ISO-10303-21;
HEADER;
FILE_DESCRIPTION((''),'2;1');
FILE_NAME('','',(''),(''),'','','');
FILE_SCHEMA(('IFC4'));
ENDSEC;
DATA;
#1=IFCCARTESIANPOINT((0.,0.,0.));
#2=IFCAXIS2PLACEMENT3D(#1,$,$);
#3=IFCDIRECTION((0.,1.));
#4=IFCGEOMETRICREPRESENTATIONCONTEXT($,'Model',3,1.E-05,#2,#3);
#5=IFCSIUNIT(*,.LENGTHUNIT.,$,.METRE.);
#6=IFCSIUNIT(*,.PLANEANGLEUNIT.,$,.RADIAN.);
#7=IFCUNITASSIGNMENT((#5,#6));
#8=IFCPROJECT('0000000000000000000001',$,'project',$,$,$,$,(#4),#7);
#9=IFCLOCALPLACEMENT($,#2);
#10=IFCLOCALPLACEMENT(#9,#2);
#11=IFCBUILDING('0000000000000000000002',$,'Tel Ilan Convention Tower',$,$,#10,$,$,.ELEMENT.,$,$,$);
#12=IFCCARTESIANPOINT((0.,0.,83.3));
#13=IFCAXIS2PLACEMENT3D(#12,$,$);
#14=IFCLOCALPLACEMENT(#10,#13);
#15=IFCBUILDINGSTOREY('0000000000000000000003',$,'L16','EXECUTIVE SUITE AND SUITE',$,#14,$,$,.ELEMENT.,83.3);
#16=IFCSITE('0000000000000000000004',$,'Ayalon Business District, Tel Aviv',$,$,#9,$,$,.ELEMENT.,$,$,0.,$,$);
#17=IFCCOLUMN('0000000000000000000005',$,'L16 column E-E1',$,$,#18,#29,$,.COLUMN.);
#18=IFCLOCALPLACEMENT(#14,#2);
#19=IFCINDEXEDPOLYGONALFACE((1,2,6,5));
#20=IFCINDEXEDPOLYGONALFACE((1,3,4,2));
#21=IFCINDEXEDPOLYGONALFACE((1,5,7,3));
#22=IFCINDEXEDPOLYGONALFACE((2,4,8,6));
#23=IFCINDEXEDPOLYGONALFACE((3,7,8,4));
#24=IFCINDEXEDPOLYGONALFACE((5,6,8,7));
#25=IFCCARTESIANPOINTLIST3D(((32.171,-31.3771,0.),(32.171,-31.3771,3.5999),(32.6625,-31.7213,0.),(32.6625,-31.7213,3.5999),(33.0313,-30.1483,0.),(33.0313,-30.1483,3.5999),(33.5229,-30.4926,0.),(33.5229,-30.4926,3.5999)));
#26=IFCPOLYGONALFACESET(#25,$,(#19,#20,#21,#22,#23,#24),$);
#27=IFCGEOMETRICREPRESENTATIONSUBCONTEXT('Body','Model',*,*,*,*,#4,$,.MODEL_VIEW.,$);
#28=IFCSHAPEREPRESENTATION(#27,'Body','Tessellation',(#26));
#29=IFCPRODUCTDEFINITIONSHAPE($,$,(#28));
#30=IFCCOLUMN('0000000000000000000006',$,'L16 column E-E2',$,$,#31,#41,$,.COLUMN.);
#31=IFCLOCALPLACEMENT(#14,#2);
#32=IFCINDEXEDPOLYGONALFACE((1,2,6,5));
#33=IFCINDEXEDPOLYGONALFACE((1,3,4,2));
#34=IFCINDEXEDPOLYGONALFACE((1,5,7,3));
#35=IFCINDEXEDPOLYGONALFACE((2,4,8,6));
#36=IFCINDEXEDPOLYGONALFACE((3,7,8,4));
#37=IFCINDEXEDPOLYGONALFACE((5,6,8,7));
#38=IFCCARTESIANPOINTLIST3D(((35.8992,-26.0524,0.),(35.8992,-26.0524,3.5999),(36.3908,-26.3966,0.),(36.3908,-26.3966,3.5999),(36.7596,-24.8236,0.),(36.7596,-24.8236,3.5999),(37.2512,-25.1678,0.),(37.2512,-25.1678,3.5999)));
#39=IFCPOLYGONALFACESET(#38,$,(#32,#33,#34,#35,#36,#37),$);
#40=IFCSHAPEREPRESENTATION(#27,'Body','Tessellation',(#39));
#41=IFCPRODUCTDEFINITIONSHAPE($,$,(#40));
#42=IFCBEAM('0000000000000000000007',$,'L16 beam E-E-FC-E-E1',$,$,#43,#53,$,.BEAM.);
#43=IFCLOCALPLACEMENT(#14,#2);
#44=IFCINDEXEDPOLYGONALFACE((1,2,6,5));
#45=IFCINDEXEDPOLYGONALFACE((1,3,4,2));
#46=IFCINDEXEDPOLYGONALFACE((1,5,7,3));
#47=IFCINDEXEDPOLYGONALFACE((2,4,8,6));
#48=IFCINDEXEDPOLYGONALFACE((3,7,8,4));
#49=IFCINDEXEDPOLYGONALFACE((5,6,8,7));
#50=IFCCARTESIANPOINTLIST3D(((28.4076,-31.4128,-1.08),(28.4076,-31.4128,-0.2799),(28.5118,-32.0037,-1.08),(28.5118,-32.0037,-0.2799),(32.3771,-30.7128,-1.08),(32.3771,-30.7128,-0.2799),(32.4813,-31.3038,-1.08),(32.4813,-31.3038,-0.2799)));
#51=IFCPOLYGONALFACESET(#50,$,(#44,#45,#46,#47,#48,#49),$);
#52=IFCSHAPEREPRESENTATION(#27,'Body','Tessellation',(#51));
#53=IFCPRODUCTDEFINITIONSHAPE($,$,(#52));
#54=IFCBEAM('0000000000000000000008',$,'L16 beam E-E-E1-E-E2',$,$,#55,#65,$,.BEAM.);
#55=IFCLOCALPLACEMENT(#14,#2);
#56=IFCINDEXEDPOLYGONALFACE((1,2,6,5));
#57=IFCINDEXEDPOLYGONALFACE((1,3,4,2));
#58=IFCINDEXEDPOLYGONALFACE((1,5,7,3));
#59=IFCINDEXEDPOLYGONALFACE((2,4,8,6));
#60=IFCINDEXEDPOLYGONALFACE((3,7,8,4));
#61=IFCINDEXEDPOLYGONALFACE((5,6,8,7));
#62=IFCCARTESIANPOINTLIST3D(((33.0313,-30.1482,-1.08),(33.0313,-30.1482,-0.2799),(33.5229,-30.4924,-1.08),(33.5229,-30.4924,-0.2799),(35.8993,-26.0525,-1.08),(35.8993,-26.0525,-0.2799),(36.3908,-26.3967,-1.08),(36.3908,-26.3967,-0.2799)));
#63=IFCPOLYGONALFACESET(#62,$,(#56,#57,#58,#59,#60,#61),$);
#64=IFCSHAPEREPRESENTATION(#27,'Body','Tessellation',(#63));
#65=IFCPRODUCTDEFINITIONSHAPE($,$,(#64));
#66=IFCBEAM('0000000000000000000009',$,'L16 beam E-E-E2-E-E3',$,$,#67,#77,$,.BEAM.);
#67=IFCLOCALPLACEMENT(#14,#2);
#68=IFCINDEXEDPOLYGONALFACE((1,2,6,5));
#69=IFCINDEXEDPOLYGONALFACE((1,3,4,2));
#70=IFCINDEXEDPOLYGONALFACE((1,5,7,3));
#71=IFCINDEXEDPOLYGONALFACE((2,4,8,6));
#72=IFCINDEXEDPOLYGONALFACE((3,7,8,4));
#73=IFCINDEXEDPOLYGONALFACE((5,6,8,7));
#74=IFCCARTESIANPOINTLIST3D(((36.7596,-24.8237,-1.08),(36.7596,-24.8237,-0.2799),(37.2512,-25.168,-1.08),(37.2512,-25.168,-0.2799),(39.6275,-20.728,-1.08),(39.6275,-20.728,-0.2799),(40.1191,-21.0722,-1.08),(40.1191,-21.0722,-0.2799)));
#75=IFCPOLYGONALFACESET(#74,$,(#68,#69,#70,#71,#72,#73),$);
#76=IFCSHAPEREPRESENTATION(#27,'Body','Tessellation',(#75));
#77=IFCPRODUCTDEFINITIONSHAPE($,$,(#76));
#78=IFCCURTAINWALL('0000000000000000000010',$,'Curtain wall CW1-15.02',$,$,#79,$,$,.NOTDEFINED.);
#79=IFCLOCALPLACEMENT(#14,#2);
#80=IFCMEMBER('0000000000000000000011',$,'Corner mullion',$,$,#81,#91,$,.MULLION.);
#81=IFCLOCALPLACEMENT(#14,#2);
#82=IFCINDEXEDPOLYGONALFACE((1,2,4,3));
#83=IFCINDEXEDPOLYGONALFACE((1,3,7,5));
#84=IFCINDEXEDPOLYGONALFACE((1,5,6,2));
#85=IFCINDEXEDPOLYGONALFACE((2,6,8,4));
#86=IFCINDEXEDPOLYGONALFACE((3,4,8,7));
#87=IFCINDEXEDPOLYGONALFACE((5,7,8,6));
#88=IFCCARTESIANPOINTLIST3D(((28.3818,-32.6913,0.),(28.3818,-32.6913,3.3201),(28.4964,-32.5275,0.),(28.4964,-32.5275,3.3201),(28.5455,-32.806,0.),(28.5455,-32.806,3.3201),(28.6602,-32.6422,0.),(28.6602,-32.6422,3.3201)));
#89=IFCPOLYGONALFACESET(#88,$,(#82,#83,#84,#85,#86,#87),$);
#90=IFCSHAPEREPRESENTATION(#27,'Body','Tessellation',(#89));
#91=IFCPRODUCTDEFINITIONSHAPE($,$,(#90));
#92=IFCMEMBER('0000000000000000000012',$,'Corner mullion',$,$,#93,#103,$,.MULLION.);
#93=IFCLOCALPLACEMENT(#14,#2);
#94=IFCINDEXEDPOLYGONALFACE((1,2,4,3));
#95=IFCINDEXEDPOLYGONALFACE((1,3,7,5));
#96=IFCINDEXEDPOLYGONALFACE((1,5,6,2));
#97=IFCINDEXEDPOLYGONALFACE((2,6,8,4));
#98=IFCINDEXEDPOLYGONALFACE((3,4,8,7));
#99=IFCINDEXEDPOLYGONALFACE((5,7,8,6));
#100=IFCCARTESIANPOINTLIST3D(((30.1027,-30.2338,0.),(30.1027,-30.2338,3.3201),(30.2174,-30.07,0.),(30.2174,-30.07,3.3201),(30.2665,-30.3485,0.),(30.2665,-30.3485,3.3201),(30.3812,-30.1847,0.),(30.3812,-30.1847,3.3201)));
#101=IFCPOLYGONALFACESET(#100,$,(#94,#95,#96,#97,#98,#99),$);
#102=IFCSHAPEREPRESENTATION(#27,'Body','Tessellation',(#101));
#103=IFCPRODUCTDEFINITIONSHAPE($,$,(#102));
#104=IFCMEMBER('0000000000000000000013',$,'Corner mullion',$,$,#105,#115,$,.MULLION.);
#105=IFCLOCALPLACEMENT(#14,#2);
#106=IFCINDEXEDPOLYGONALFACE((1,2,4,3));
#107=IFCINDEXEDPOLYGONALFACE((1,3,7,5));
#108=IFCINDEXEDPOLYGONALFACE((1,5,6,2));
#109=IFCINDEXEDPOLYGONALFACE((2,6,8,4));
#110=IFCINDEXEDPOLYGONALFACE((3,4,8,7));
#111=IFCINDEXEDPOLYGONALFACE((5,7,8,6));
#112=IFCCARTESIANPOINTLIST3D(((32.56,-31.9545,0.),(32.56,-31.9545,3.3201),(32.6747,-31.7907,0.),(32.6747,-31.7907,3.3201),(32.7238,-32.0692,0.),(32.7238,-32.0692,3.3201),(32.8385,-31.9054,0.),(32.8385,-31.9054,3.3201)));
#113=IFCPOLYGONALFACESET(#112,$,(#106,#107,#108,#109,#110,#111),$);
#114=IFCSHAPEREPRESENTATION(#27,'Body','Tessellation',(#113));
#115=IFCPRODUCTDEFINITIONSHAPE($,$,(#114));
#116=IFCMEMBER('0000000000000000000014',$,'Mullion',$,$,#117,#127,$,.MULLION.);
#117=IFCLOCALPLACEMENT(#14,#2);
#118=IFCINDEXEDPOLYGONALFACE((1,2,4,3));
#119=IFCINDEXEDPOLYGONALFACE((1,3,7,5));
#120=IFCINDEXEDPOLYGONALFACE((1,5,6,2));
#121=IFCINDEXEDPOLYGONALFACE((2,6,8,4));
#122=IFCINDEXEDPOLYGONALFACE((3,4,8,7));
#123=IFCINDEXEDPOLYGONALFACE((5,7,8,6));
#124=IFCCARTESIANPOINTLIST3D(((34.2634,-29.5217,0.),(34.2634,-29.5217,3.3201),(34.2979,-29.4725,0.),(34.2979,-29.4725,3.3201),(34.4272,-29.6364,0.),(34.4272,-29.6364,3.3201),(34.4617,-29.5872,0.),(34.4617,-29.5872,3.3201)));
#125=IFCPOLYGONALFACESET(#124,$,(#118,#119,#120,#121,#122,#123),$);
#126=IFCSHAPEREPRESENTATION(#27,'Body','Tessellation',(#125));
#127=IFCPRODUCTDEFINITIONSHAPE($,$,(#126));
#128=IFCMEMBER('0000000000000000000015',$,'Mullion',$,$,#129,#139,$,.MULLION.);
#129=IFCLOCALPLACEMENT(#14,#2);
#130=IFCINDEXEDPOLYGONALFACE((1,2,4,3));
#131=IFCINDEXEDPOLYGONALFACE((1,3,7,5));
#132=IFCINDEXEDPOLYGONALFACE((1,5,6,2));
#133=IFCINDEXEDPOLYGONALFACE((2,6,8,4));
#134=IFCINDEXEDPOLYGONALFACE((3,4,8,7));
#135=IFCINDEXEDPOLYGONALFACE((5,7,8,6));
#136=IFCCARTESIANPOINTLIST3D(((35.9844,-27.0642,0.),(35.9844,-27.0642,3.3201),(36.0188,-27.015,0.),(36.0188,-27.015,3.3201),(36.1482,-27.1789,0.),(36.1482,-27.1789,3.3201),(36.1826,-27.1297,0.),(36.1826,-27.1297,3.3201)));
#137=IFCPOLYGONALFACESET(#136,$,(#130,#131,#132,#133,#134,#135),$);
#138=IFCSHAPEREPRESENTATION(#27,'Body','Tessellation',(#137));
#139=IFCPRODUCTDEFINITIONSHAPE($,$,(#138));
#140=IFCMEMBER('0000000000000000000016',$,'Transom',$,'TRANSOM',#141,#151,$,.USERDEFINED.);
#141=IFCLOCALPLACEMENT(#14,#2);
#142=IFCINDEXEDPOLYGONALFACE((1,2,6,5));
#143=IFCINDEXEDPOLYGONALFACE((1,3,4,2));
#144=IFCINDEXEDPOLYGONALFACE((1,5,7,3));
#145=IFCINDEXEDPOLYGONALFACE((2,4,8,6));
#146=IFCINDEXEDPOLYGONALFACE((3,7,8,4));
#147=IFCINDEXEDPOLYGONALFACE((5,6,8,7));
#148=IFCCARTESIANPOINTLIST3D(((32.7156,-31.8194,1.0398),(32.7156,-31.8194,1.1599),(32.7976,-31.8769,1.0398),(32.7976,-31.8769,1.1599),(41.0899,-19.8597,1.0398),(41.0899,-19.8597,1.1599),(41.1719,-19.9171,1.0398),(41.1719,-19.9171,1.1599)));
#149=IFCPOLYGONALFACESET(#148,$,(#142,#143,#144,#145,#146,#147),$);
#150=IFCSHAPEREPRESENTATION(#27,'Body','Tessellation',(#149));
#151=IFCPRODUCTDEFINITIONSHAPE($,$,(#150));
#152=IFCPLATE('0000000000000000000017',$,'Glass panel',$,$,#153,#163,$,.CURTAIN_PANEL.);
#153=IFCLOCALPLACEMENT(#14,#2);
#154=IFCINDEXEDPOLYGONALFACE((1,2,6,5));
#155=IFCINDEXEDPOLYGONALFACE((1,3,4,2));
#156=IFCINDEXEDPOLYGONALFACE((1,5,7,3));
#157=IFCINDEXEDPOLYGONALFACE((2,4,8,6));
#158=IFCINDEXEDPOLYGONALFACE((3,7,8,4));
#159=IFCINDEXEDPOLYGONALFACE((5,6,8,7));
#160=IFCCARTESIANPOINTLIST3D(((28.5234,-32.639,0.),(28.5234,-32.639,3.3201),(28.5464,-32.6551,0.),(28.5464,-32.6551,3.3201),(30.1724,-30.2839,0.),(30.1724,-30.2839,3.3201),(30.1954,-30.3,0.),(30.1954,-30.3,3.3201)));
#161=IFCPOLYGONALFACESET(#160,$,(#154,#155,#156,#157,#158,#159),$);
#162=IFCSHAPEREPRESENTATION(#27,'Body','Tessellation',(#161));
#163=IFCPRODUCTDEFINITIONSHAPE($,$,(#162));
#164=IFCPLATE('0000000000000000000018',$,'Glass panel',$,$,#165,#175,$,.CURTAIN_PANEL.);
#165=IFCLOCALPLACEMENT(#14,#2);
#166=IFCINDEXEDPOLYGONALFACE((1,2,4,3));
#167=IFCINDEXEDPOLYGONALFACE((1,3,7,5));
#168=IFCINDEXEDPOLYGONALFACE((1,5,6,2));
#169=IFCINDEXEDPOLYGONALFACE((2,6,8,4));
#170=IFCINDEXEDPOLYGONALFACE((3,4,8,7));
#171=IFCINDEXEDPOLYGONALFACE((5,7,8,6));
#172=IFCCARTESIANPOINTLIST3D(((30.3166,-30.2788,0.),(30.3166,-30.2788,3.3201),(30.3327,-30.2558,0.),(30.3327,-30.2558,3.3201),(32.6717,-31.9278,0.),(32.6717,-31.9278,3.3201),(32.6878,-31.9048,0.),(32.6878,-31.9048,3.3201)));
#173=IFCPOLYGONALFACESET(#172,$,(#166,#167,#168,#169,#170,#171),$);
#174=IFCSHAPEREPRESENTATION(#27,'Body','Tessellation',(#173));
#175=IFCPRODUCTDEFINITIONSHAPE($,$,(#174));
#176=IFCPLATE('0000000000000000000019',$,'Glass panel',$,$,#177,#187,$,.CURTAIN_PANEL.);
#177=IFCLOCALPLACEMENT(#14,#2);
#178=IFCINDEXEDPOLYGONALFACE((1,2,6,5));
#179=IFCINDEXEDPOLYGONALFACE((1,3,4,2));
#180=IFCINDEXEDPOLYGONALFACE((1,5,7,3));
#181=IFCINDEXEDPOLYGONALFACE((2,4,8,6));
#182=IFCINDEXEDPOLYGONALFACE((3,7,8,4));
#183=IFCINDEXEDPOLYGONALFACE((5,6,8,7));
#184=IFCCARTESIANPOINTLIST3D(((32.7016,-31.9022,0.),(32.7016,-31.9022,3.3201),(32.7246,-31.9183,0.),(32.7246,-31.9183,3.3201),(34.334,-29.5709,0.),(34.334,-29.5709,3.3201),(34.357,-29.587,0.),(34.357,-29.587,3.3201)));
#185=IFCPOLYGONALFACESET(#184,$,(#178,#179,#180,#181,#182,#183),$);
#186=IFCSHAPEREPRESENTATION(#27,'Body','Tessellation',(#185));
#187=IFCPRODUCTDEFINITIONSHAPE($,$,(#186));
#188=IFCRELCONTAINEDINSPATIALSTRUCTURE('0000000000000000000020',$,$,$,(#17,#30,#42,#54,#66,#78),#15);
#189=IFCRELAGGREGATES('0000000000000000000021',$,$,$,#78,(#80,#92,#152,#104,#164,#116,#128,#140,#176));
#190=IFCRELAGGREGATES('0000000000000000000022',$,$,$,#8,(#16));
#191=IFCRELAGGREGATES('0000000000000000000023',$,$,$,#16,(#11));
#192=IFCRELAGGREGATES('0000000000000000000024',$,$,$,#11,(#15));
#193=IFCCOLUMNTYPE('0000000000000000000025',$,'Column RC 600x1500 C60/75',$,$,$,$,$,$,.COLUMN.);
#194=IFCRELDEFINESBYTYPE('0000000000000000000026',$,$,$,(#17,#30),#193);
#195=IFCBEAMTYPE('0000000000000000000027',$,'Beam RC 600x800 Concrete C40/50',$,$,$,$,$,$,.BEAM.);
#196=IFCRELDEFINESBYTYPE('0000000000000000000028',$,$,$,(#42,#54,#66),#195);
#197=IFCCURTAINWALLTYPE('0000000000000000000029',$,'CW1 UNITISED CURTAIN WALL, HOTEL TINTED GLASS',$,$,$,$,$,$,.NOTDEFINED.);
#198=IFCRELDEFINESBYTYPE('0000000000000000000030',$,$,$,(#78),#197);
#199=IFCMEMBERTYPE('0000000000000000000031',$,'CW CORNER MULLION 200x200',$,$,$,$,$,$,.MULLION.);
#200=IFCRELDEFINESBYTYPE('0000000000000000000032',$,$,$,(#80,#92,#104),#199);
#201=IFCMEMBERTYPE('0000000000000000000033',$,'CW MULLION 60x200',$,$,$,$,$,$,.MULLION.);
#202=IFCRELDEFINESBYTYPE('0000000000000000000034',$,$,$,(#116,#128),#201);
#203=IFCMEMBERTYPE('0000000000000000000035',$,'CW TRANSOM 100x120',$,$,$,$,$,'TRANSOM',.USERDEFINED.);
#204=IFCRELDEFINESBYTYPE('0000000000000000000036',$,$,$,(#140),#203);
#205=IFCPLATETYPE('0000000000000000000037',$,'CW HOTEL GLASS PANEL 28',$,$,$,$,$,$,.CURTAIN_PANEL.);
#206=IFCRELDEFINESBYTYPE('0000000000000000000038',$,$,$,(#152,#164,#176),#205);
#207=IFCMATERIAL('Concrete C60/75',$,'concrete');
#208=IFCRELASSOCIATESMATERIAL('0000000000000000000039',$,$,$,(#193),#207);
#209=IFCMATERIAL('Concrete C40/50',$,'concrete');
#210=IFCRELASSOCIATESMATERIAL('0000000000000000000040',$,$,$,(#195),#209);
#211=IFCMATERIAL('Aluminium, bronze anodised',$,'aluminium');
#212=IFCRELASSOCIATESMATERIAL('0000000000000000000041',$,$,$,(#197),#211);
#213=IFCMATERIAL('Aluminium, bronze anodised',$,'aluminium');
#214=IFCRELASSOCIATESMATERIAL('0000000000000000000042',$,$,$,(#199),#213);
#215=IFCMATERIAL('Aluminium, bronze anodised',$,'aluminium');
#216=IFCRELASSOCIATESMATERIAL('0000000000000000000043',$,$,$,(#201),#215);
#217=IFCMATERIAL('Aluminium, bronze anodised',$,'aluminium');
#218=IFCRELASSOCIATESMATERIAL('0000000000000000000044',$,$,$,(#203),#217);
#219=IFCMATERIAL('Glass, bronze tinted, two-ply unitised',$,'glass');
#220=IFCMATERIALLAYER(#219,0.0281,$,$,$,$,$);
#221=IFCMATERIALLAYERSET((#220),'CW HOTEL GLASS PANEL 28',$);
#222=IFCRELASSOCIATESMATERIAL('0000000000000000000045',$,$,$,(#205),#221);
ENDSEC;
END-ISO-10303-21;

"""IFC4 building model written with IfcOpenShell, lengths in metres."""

from ifc_helpers import new_model, si_unit, direction, frame, origin, origin_2d, place, context, subcontext, project, spatial, rectangle, extrude, material, layer, layer_set, material_profile, profile_set, type_object, element, aggregate, save


model = new_model("IFC4")

# Units and contexts
model_context = context("Model", 3, precision=1e-05, world=origin(), true_north=direction((0.0, 1.0)))
body_context = subcontext(model_context, "Body", "Model", "MODEL_VIEW")
ifc_project = project(units=[si_unit("LENGTHUNIT", "METRE"), si_unit("PLANEANGLEUNIT", "RADIAN")], contexts=[model_context])

# Site, building, storey
site_placement = place(None, origin())
site = spatial("IfcSite", under=ifc_project, at=site_placement, Name="Ayalon Business District, Tel Aviv", CompositionType="ELEMENT", RefElevation=0.0)
building_placement = place(site_placement, origin())
building = spatial("IfcBuilding", under=site, at=building_placement, Name="Tel Ilan Convention Tower", CompositionType="ELEMENT")
storey_placement = place(building_placement, frame((0.0, 0.0, 83.3)))
storey = spatial("IfcBuildingStorey", under=building, at=storey_placement, Name="L16", Description="EXECUTIVE SUITE AND SUITE", CompositionType="ELEMENT", Elevation=83.3)

# Columns
ifc_material_1 = material(Name="Concrete C60/75", Category="concrete")
ifc_material_profile_1 = material_profile(ifc_material_1, rectangle(XDim=1.5, YDim=0.6001, at=origin_2d()), Name="RC 600x1500")
ifc_profile_set_1 = profile_set([ifc_material_profile_1], Name="Concrete C60/75")
column_type = type_object("IfcColumnType", Name="Column RC 600x1500 C60/75", PredefinedType="COLUMN", material=ifc_profile_set_1)
for number, where, z_axis, x_axis, name in (
    (1, (32.8469, -30.9348, 0.0), (0.0, 0.0, 1.0), (0.573576, 0.819152, 0.0), "L16 column E-E1"),
    (2, (36.5752, -25.6101, 0.0), (0.0, 0.0, 1.0), (0.573576, 0.819152, 0.0), "L16 column E-E2"),
):
    element("IfcColumn", number, at=place(storey_placement, frame(where, z_axis=z_axis, x_axis=x_axis)), inside=storey, type_object=column_type, Name=name, PredefinedType="COLUMN", context=body_context, shape_type="SweptSolid", body=[
        extrude(rectangle(XDim=1.5, YDim=0.6001, at=origin_2d()), origin(), (0.0, 0.0, 1.0), 3.5999),
    ])

# Beams
ifc_material_2 = material(Name="Concrete C40/50", Category="concrete")
ifc_material_profile_2 = material_profile(ifc_material_2, rectangle(XDim=0.6001, YDim=0.8, at=origin_2d()), Name="RC 600x800")
ifc_profile_set_2 = profile_set([ifc_material_profile_2], Name="Concrete C40/50")
beam_type = type_object("IfcBeamType", Name="Beam RC 600x800 Concrete C40/50", PredefinedType="BEAM", material=ifc_profile_set_2)
beam_placement = place(storey_placement, frame((28.4597, -31.7083, -0.6799), z_axis=(0.984807, 0.173654, 0.0), x_axis=(-0.173654, 0.984807, 0.0)))
element("IfcBeam", 3, at=beam_placement, inside=storey, type_object=beam_type, Name="L16 beam E-E-FC-E-E1", PredefinedType="BEAM", context=body_context, shape_type="SweptSolid", body=[
    extrude(rectangle(XDim=0.6001, YDim=0.8, at=origin_2d()), origin(), (0.0, 0.0, 1.0), 4.0308),
])
for number, where, z_axis, x_axis, name in (
    (4, (33.2771, -30.3203, -0.6799), (0.573587, 0.819145, 0.0), (-0.819145, 0.573587, 0.0), "L16 beam E-E-E1-E-E2"),
    (5, (37.0054, -24.9958, -0.6799), (0.573587, 0.819145, 0.0), (-0.819145, 0.573587, 0.0), "L16 beam E-E-E2-E-E3"),
):
    element("IfcBeam", number, at=place(storey_placement, frame(where, z_axis=z_axis, x_axis=x_axis)), inside=storey, type_object=beam_type, Name=name, PredefinedType="BEAM", context=body_context, shape_type="SweptSolid", body=[
        extrude(rectangle(XDim=0.6001, YDim=0.8, at=origin_2d()), origin(), (0.0, 0.0, 1.0), 5.0),
    ])

# Curtain wall, members, plates
ifc_material_3 = material(Name="Aluminium, bronze anodised", Category="aluminium")
curtain_wall_type = type_object("IfcCurtainWallType", Name="CW1 UNITISED CURTAIN WALL, HOTEL TINTED GLASS", PredefinedType="NOTDEFINED", material=ifc_material_3)
curtain_wall_placement = place(storey_placement, origin())
curtain_wall = element("IfcCurtainWall", 6, at=curtain_wall_placement, inside=storey, type_object=curtain_wall_type, Name="Curtain wall CW1-15.02", PredefinedType="NOTDEFINED")
ifc_material_4 = material(Name="Aluminium, bronze anodised", Category="aluminium")
ifc_material_profile_3 = material_profile(ifc_material_4, rectangle(XDim=0.2, YDim=0.2, at=origin_2d()), Name="CW CORNER MULLION 200x200")
ifc_profile_set_3 = profile_set([ifc_material_profile_3], Name="Aluminium, bronze anodised")
member_type_1 = type_object("IfcMemberType", Name="CW CORNER MULLION 200x200", PredefinedType="MULLION", material=ifc_profile_set_3)
member_1_placement = place(storey_placement, frame((28.521, -32.6667, 0.0), z_axis=(0.0, 0.0, 1.0), x_axis=(0.819152, -0.573576, 0.0)))
member_1 = element("IfcMember", 7, at=member_1_placement, type_object=member_type_1, Name="Corner mullion", PredefinedType="MULLION", context=body_context, shape_type="SweptSolid", body=[
    extrude(rectangle(XDim=0.2, YDim=0.2, at=origin_2d()), origin(), (0.0, 0.0, 1.0), 3.3201),
])
member_2_placement = place(storey_placement, frame((30.2419, -30.2092, 0.0), z_axis=(0.0, 0.0, 1.0), x_axis=(0.573576, 0.819152, 0.0)))
member_2 = element("IfcMember", 8, at=member_2_placement, type_object=member_type_1, Name="Corner mullion", PredefinedType="MULLION", context=body_context, shape_type="SweptSolid", body=[
    extrude(rectangle(XDim=0.2, YDim=0.2, at=origin_2d()), origin(), (0.0, 0.0, 1.0), 3.3201),
])
member_3_placement = place(storey_placement, frame((32.6992, -31.9299, 0.0), z_axis=(0.0, 0.0, 1.0), x_axis=(0.819152, -0.573576, 0.0)))
member_3 = element("IfcMember", 9, at=member_3_placement, type_object=member_type_1, Name="Corner mullion", PredefinedType="MULLION", context=body_context, shape_type="SweptSolid", body=[
    extrude(rectangle(XDim=0.2, YDim=0.2, at=origin_2d()), origin(), (0.0, 0.0, 1.0), 3.3201),
])
ifc_material_5 = material(Name="Aluminium, bronze anodised", Category="aluminium")
ifc_material_profile_4 = material_profile(ifc_material_5, rectangle(XDim=0.0601, YDim=0.2, at=origin_2d()), Name="CW MULLION 60x200")
ifc_profile_set_4 = profile_set([ifc_material_profile_4], Name="Aluminium, bronze anodised")
member_type_2 = type_object("IfcMemberType", Name="CW MULLION 60x200", PredefinedType="MULLION", material=ifc_profile_set_4)
member_4_placement = place(storey_placement, frame((34.3625, -29.5544, 0.0), z_axis=(0.0, 0.0, 1.0), x_axis=(0.573576, 0.819152, 0.0)))
member_4 = element("IfcMember", 10, at=member_4_placement, type_object=member_type_2, Name="Mullion", PredefinedType="MULLION", context=body_context, shape_type="SweptSolid", body=[
    extrude(rectangle(XDim=0.0601, YDim=0.2, at=origin_2d()), origin(), (0.0, 0.0, 1.0), 3.3201),
])
member_5_placement = place(storey_placement, frame((36.0835, -27.0969, 0.0), z_axis=(0.0, 0.0, 1.0), x_axis=(0.573576, 0.819152, 0.0)))
member_5 = element("IfcMember", 11, at=member_5_placement, type_object=member_type_2, Name="Mullion", PredefinedType="MULLION", context=body_context, shape_type="SweptSolid", body=[
    extrude(rectangle(XDim=0.0601, YDim=0.2, at=origin_2d()), origin(), (0.0, 0.0, 1.0), 3.3201),
])
ifc_material_6 = material(Name="Aluminium, bronze anodised", Category="aluminium")
ifc_material_profile_5 = material_profile(ifc_material_6, rectangle(XDim=0.1001, YDim=0.1201, at=origin_2d()), Name="CW TRANSOM 100x120")
ifc_profile_set_5 = profile_set([ifc_material_profile_5], Name="Aluminium, bronze anodised")
member_type_3 = type_object("IfcMemberType", Name="CW TRANSOM 100x120", ElementType="TRANSOM", PredefinedType="USERDEFINED", material=ifc_profile_set_5)
member_6_placement = place(storey_placement, frame((32.7566, -31.8481, 1.0999), z_axis=(0.573576, 0.819153, 0.0), x_axis=(-0.819153, 0.573576, 0.0)))
member_6 = element("IfcMember", 12, at=member_6_placement, type_object=member_type_3, Name="Transom", ObjectType="TRANSOM", PredefinedType="USERDEFINED", context=body_context, shape_type="SweptSolid", body=[
    extrude(rectangle(XDim=0.1001, YDim=0.1201, at=origin_2d()), origin(), (0.0, 0.0, 1.0), 14.6001),
])
ifc_material_7 = material(Name="Glass, bronze tinted, two-ply unitised", Category="glass")
ifc_layer_1 = layer(ifc_material_7, 0.0281)
ifc_layer_set_1 = layer_set([ifc_layer_1], Name="CW HOTEL GLASS PANEL 28")
plate_type = type_object("IfcPlateType", Name="CW HOTEL GLASS PANEL 28", PredefinedType="CURTAIN_PANEL", material=ifc_layer_set_1)
plate_1_placement = place(storey_placement, frame((29.3594, -31.4695, 0.0), z_axis=(0.0, 0.0, 1.0), x_axis=(0.573576, 0.819152, 0.0)))
plate_1 = element("IfcPlate", 13, at=plate_1_placement, type_object=plate_type, Name="Glass panel", PredefinedType="CURTAIN_PANEL", context=body_context, shape_type="SweptSolid", body=[
    extrude(rectangle(XDim=2.875, YDim=0.0281, at=origin_2d()), origin(), (0.0, 0.0, 1.0), 3.3201),
])
plate_2_placement = place(storey_placement, frame((31.5022, -31.0918, 0.0), z_axis=(0.0, 0.0, 1.0), x_axis=(0.819152, -0.573576, 0.0)))
plate_2 = element("IfcPlate", 14, at=plate_2_placement, type_object=plate_type, Name="Glass panel", PredefinedType="CURTAIN_PANEL", context=body_context, shape_type="SweptSolid", body=[
    extrude(rectangle(XDim=2.875, YDim=0.0281, at=origin_2d()), origin(), (0.0, 0.0, 1.0), 3.3201),
])
plate_3_placement = place(storey_placement, frame((33.5293, -30.7446, 0.0), z_axis=(0.0, 0.0, 1.0), x_axis=(0.573576, 0.819152, 0.0)))
plate_3 = element("IfcPlate", 15, at=plate_3_placement, type_object=plate_type, Name="Glass panel", PredefinedType="CURTAIN_PANEL", context=body_context, shape_type="SweptSolid", body=[
    extrude(rectangle(XDim=2.8459, YDim=0.0281, at=origin_2d()), origin(), (0.0, 0.0, 1.0), 3.3201),
])
aggregate(curtain_wall, [member_1, member_2, plate_1, member_3, plate_2, member_4, member_5, member_6, plate_3])

save(model, "model.ifc")
